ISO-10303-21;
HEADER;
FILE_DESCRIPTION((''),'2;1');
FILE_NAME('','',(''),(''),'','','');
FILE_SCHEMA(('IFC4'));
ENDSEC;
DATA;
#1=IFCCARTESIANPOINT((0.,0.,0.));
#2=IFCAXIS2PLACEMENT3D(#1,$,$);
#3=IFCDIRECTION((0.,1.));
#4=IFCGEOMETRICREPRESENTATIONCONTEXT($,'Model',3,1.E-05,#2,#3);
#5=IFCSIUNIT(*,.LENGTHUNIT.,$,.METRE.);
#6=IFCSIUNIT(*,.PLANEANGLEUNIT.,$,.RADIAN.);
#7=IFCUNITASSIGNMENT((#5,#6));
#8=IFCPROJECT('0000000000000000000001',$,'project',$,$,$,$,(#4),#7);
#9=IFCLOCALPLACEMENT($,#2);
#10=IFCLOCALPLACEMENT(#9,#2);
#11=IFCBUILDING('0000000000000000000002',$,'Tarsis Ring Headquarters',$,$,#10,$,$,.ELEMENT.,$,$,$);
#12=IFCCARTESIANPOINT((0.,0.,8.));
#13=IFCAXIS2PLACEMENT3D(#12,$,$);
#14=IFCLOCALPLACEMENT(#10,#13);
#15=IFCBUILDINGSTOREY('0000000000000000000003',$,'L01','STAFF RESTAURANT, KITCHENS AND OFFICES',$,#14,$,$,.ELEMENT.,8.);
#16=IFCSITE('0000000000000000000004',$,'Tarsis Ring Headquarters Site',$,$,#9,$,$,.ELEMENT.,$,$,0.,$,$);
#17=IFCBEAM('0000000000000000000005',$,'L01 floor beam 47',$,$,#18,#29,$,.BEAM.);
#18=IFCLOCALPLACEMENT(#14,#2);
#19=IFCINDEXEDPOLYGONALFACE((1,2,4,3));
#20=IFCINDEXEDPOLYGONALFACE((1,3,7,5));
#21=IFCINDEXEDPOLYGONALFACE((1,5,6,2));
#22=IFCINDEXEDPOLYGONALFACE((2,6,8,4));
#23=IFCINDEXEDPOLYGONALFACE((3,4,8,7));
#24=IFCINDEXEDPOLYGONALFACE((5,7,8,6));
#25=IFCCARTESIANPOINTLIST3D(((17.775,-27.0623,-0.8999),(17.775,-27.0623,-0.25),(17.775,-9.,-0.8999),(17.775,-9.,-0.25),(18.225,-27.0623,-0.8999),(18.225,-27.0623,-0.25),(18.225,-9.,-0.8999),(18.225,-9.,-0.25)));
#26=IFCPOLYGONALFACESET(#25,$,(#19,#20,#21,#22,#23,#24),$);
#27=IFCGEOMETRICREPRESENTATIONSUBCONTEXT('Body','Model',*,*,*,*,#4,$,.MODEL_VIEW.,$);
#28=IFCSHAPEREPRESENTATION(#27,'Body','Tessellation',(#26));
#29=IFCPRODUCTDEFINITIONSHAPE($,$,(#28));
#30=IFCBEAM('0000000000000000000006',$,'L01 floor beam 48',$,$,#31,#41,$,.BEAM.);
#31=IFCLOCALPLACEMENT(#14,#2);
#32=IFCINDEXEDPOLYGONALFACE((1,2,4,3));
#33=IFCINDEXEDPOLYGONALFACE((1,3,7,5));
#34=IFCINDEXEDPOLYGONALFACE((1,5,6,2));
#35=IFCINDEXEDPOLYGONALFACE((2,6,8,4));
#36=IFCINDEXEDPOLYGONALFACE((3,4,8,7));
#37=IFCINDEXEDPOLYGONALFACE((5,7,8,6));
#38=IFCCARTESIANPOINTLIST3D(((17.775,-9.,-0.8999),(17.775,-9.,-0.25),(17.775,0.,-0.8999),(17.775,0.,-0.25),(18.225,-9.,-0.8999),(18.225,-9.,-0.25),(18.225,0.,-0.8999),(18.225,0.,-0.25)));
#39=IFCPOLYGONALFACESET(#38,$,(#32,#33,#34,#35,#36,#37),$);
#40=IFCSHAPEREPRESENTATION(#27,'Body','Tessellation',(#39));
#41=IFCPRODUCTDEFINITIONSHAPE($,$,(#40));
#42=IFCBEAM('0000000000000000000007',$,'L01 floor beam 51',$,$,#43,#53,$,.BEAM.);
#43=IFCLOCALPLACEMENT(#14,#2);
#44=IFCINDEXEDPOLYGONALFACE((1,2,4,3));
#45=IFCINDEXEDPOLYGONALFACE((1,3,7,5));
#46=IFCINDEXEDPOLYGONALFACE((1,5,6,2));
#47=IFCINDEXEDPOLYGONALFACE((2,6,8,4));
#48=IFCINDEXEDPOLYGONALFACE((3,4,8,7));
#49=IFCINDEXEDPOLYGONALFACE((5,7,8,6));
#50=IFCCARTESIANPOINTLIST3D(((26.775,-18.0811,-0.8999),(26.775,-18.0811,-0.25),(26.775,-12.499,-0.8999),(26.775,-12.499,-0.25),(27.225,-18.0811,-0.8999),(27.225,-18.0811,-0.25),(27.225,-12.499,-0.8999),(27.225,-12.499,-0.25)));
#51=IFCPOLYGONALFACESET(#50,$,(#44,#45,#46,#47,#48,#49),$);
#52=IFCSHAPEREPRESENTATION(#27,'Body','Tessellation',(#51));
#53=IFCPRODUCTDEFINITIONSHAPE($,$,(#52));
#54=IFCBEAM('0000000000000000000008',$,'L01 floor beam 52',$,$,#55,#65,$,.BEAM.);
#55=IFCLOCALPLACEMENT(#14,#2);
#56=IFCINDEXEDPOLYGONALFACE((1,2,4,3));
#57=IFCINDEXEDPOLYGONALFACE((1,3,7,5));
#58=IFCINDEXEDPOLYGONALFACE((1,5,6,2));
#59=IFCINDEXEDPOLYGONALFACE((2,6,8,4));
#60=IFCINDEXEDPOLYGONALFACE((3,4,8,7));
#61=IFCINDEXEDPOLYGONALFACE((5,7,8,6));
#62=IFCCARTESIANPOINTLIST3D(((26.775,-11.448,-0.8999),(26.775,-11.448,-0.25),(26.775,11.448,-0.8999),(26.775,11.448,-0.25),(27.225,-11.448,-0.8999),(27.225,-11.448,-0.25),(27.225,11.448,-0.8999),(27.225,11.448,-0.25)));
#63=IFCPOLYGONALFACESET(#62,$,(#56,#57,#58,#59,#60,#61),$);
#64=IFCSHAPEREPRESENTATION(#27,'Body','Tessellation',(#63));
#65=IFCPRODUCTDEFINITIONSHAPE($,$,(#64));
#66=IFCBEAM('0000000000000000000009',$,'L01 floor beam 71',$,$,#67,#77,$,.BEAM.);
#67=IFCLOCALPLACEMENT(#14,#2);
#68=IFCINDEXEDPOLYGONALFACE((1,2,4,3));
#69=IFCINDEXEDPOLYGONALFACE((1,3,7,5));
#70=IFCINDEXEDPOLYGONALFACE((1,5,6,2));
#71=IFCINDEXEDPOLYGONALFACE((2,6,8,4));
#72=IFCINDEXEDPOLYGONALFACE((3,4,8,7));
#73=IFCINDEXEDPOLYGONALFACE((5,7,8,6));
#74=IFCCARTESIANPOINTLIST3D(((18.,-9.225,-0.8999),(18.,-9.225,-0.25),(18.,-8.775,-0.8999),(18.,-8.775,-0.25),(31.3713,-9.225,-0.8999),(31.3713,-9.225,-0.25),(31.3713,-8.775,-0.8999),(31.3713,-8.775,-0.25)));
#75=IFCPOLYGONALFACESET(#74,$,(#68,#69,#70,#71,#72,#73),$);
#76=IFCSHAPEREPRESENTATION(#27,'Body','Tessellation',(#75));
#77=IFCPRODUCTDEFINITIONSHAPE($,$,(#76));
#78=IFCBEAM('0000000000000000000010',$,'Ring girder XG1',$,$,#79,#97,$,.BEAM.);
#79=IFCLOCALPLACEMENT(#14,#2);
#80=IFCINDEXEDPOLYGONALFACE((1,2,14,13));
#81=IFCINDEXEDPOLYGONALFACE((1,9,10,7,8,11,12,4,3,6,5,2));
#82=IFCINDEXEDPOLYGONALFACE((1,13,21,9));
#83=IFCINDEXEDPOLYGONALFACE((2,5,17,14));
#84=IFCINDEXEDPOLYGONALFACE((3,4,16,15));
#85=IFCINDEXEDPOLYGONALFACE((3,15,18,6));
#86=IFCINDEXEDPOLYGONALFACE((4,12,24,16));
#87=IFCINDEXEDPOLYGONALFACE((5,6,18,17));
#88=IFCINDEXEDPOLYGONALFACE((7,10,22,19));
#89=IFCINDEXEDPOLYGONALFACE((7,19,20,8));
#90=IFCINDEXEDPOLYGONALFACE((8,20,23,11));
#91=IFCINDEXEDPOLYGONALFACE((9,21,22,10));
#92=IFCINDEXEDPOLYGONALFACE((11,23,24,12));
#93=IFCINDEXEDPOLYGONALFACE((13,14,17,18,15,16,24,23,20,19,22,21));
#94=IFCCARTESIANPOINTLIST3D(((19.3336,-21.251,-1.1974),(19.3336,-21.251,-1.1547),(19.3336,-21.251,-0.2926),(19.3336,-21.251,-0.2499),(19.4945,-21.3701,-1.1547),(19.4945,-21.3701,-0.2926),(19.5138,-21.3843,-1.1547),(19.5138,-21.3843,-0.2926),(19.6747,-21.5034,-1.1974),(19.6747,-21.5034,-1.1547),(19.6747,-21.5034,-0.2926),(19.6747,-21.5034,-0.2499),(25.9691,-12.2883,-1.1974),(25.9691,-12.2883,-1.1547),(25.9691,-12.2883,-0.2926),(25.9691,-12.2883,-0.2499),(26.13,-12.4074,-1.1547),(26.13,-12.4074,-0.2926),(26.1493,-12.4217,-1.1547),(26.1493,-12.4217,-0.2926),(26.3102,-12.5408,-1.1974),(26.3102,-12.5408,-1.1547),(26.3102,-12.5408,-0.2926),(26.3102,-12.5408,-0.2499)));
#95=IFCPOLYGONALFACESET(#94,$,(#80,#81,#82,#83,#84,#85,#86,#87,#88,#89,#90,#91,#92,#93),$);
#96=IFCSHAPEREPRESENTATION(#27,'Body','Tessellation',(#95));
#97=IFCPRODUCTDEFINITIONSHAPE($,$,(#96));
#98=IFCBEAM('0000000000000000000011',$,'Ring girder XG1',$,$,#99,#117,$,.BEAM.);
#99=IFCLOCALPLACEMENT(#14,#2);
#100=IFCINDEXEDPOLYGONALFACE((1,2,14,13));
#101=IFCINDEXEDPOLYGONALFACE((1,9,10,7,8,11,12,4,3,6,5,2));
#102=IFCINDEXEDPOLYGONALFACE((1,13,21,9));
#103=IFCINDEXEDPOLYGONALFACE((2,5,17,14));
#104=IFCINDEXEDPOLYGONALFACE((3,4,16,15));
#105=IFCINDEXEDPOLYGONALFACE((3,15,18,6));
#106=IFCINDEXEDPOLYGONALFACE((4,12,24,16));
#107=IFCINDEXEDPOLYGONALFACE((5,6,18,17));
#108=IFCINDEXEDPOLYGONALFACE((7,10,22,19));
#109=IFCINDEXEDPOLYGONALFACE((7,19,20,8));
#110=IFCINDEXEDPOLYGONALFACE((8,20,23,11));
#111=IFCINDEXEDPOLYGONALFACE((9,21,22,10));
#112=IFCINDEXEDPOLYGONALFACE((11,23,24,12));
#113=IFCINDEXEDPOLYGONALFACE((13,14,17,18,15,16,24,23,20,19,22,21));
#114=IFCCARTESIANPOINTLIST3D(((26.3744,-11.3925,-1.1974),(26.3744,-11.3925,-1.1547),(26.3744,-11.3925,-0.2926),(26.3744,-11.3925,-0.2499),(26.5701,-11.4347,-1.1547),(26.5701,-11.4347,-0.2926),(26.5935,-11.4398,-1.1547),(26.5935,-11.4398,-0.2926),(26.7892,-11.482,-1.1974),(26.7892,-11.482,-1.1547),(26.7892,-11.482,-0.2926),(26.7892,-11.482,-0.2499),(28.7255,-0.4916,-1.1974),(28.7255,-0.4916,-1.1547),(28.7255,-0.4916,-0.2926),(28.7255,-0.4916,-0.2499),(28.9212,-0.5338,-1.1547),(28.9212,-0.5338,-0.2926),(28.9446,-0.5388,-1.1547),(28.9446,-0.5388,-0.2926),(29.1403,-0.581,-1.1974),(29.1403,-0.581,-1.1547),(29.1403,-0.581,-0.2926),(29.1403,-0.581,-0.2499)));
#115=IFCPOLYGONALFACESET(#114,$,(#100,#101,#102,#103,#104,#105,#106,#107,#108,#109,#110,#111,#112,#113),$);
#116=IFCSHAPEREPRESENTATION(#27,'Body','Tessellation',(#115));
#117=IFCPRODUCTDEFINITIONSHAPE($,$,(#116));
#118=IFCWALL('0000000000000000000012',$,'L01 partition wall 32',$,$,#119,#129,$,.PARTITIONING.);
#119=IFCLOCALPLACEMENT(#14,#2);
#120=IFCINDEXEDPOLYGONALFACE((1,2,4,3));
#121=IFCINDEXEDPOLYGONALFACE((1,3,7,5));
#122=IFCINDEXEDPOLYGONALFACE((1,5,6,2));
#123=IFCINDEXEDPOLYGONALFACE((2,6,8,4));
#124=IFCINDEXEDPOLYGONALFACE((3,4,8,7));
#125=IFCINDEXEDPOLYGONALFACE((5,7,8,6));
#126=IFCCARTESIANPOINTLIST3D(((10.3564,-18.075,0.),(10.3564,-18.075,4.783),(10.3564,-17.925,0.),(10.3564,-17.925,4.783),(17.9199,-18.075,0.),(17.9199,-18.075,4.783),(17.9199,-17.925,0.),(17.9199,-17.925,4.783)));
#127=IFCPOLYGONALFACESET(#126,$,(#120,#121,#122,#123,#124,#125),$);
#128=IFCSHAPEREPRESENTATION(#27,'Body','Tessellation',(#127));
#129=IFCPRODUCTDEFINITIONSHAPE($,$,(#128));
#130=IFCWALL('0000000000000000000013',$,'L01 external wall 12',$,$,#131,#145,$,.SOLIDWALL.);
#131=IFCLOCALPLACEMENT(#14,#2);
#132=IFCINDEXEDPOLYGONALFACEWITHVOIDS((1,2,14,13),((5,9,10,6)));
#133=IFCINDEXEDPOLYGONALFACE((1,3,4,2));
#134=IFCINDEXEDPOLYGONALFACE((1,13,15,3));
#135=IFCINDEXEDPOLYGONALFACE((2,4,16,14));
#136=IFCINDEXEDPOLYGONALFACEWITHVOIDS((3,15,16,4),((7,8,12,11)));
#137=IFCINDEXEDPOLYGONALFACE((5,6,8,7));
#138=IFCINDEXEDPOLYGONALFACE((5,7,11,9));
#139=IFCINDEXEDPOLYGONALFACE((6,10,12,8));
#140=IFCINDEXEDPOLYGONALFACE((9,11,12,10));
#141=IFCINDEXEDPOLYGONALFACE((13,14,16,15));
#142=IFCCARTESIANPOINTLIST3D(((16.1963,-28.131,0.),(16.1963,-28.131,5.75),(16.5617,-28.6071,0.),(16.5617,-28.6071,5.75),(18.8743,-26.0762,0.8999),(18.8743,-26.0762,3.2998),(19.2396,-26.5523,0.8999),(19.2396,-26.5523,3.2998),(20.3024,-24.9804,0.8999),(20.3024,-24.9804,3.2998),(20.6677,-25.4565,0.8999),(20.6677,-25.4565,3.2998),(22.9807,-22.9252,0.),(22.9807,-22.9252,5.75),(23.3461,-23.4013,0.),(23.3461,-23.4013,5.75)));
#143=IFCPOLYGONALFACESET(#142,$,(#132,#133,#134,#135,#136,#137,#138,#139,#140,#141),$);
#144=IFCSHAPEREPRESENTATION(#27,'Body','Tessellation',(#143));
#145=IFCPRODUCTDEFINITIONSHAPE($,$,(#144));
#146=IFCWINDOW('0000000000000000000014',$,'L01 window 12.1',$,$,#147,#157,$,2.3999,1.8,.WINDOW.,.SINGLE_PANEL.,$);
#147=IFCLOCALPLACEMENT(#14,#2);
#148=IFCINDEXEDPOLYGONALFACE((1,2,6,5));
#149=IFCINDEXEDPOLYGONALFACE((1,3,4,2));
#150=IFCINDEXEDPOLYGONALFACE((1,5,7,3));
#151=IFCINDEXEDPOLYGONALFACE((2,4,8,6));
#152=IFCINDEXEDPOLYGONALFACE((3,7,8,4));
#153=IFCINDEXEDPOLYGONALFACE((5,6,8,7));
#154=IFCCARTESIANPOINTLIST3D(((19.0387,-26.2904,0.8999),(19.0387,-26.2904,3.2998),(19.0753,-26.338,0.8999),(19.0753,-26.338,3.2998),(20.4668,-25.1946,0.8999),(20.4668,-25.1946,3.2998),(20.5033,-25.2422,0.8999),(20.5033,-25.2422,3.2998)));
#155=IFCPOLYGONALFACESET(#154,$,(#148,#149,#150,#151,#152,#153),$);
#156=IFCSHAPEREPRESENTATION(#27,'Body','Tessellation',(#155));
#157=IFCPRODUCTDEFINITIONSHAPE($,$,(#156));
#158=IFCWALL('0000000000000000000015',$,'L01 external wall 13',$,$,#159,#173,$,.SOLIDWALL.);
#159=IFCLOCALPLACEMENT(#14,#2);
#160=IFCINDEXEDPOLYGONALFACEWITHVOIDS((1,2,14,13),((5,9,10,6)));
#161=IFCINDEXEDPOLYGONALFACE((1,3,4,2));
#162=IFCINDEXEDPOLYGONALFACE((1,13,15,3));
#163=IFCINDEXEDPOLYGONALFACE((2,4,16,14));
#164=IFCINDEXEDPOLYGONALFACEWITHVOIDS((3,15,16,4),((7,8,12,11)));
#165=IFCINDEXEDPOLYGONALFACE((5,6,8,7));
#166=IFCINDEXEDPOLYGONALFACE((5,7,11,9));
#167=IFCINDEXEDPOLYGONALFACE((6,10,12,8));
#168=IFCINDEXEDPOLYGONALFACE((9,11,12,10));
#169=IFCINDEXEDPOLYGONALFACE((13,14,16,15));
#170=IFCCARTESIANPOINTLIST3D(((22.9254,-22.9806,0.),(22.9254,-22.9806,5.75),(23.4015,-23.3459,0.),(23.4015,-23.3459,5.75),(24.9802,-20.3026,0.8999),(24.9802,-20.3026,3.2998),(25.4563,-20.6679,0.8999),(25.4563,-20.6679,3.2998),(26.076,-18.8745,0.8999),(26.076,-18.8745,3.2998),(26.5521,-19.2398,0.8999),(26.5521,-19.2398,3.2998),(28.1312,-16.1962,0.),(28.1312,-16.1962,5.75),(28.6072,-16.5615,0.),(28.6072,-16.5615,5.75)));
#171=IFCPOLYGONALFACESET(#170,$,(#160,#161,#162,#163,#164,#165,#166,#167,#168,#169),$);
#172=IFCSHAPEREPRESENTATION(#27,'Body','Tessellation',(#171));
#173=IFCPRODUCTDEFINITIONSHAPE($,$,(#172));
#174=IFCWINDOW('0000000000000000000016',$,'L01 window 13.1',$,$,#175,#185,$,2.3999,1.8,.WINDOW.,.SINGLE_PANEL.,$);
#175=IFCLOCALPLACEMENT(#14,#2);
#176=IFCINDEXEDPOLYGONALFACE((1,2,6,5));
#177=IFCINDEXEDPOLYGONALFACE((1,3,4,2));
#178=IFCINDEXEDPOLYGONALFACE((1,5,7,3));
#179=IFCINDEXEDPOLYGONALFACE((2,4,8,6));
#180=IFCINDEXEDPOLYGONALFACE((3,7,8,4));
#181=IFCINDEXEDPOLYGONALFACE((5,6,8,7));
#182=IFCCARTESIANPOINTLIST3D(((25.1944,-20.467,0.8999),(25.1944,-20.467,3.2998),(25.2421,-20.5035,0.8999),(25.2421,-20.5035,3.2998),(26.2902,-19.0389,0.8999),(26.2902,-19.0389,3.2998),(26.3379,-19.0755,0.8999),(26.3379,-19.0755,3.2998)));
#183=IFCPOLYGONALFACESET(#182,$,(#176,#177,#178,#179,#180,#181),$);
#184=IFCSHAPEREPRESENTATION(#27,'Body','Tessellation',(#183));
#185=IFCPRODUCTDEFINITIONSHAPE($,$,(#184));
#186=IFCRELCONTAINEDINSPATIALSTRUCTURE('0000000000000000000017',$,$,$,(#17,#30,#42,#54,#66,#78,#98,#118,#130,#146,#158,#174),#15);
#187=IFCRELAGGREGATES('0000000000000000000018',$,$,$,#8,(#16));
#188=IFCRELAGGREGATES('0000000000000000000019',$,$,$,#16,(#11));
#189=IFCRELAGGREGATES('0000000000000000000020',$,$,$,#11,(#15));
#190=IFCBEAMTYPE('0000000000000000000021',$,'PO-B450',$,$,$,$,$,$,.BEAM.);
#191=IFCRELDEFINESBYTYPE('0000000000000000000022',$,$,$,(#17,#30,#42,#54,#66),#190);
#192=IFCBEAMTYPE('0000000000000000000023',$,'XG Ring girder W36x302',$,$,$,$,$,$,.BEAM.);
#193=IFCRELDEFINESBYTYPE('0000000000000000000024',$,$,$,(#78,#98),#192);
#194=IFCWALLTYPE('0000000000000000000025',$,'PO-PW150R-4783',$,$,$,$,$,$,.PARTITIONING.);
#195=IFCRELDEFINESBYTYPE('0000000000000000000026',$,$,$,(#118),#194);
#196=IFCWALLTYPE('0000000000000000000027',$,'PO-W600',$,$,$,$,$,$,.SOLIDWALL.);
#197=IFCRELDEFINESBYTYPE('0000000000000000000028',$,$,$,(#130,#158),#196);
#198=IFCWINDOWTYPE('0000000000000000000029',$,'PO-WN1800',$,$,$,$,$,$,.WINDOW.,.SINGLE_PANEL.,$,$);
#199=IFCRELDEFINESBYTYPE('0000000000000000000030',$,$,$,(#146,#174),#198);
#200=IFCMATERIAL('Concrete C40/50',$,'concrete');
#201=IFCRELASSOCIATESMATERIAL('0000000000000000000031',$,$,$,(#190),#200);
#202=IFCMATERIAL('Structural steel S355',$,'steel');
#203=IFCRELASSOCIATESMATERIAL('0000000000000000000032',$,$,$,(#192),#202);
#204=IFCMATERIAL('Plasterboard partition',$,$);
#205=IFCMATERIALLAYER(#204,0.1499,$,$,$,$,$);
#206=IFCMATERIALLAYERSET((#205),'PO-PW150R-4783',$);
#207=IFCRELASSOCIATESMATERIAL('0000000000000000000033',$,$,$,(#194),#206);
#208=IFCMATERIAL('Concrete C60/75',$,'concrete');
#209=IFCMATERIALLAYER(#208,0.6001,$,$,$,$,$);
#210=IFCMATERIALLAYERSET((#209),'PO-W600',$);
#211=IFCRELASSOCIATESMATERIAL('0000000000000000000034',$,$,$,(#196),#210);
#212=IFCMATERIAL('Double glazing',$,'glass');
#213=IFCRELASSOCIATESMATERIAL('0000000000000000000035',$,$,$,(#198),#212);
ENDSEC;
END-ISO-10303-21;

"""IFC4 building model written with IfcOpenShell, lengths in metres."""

from ifc_helpers import new_model, si_unit, direction, frame, frame_2d, origin, origin_2d, place, context, subcontext, project, spatial, rectangle, i_section, extrude, material, layer, layer_set, material_profile, profile_set, type_object, element, fill, save


model = new_model("IFC4")

# Units and contexts
model_context = context("Model", 3, precision=1e-05, world=origin(), true_north=direction((0.0, 1.0)))
body_context = subcontext(model_context, "Body", "Model", "MODEL_VIEW")
ifc_project = project(units=[si_unit("LENGTHUNIT", "METRE"), si_unit("PLANEANGLEUNIT", "RADIAN")], contexts=[model_context])

# Site, building, storey
site_placement = place(None, origin())
site = spatial("IfcSite", under=ifc_project, at=site_placement, Name="Tarsis Ring Headquarters Site", CompositionType="ELEMENT", RefElevation=0.0)
building_placement = place(site_placement, origin())
building = spatial("IfcBuilding", under=site, at=building_placement, Name="Tarsis Ring Headquarters", CompositionType="ELEMENT")
storey_placement = place(building_placement, frame((0.0, 0.0, 8.0)))
storey = spatial("IfcBuildingStorey", under=building, at=storey_placement, Name="L01", Description="STAFF RESTAURANT, KITCHENS AND OFFICES", CompositionType="ELEMENT", Elevation=8.0)

# Shared definitions
ifc_material_1 = material(Name="Concrete C60/75", Category="concrete")

# Beams
ifc_material_2 = material(Name="Concrete C40/50", Category="concrete")
ifc_material_profile_1 = material_profile(ifc_material_2, rectangle(XDim=0.45, YDim=0.6499, at=origin_2d()), Name="PO-B450")
ifc_profile_set_1 = profile_set([ifc_material_profile_1], Name="Concrete C40/50")
beam_type_1 = type_object("IfcBeamType", Name="PO-B450", PredefinedType="BEAM", material=ifc_profile_set_1)
beam_1_placement = place(storey_placement, frame((18.0, -27.0623, -0.575), z_axis=(0.0, 1.0, 0.0), x_axis=(-1.0, 0.0, 0.0)))
element("IfcBeam", 1, at=beam_1_placement, inside=storey, type_object=beam_type_1, Name="L01 floor beam 47", PredefinedType="BEAM", context=body_context, shape_type="SweptSolid", body=[
    extrude(rectangle(XDim=0.45, YDim=0.6499, at=origin_2d()), origin(), (0.0, 0.0, 1.0), 18.0623),
])
beam_2_placement = place(storey_placement, frame((18.0, -9.0, -0.575), z_axis=(0.0, 1.0, 0.0), x_axis=(-1.0, 0.0, 0.0)))
element("IfcBeam", 2, at=beam_2_placement, inside=storey, type_object=beam_type_1, Name="L01 floor beam 48", PredefinedType="BEAM", context=body_context, shape_type="SweptSolid", body=[
    extrude(rectangle(XDim=0.45, YDim=0.6499, at=origin_2d()), origin(), (0.0, 0.0, 1.0), 9.0),
])
beam_3_placement = place(storey_placement, frame((27.0, -18.0811, -0.575), z_axis=(0.0, 1.0, 0.0), x_axis=(-1.0, 0.0, 0.0)))
element("IfcBeam", 3, at=beam_3_placement, inside=storey, type_object=beam_type_1, Name="L01 floor beam 51", PredefinedType="BEAM", context=body_context, shape_type="SweptSolid", body=[
    extrude(rectangle(XDim=0.45, YDim=0.6499, at=origin_2d()), origin(), (0.0, 0.0, 1.0), 5.582),
])
beam_4_placement = place(storey_placement, frame((27.0, -11.448, -0.575), z_axis=(0.0, 1.0, 0.0), x_axis=(-1.0, 0.0, 0.0)))
element("IfcBeam", 4, at=beam_4_placement, inside=storey, type_object=beam_type_1, Name="L01 floor beam 52", PredefinedType="BEAM", context=body_context, shape_type="SweptSolid", body=[
    extrude(rectangle(XDim=0.45, YDim=0.6499, at=origin_2d()), origin(), (0.0, 0.0, 1.0), 22.896),
])
beam_5_placement = place(storey_placement, frame((18.0, -9.0, -0.575), z_axis=(1.0, 0.0, 0.0), x_axis=(0.0, 1.0, 0.0)))
element("IfcBeam", 5, at=beam_5_placement, inside=storey, type_object=beam_type_1, Name="L01 floor beam 71", PredefinedType="BEAM", context=body_context, shape_type="SweptSolid", body=[
    extrude(rectangle(XDim=0.45, YDim=0.6499, at=origin_2d()), origin(), (0.0, 0.0, 1.0), 13.3713),
])
ifc_material_3 = material(Name="Structural steel S355", Category="steel")
ifc_material_profile_2 = material_profile(ifc_material_3, i_section(OverallWidth=0.4243, OverallDepth=0.9475, WebThickness=0.0239, FlangeThickness=0.0427, at=origin_2d()), Name="W36x302")
ifc_profile_set_2 = profile_set([ifc_material_profile_2], Name="Structural steel S355")
beam_type_2 = type_object("IfcBeamType", Name="XG Ring girder W36x302", PredefinedType="BEAM", material=ifc_profile_set_2)
for number, where, z_axis, x_axis, name in (
    (6, (19.5042, -21.3772, -0.7236), (0.595025, 0.803707, 0.0), (-0.803707, 0.595025, 0.0), "Ring girder XG1"),
    (7, (26.5818, -11.4373, -0.7236), (0.21083, 0.977523, 0.0), (-0.977523, 0.21083, 0.0), "Ring girder XG1"),
):
    element("IfcBeam", number, at=place(storey_placement, frame(where, z_axis=z_axis, x_axis=x_axis)), inside=storey, type_object=beam_type_2, Name=name, PredefinedType="BEAM", context=body_context, shape_type="SweptSolid", body=[
        extrude(i_section(OverallWidth=0.4243, OverallDepth=0.9475, WebThickness=0.0239, FlangeThickness=0.0427, at=origin_2d()), origin(), (0.0, 0.0, 1.0), 11.1516),
    ])

# Wall
ifc_material_4 = material(Name="Plasterboard partition")
ifc_layer_1 = layer(ifc_material_4, 0.1499)
ifc_layer_set_1 = layer_set([ifc_layer_1], Name="PO-PW150R-4783")
wall_type_1 = type_object("IfcWallType", Name="PO-PW150R-4783", PredefinedType="PARTITIONING", material=ifc_layer_set_1)
wall_1_placement = place(storey_placement, frame((17.9199, -18.0, 0.0), z_axis=(0.0, 0.0, 1.0), x_axis=(-1.0, 0.0, 0.0)))
element("IfcWall", 8, at=wall_1_placement, inside=storey, type_object=wall_type_1, Name="L01 partition wall 32", PredefinedType="PARTITIONING", context=body_context, shape_type="SweptSolid", body=[
    extrude(rectangle(XDim=7.5635, YDim=0.1499, at=frame_2d((3.7817, 0.0))), origin(), (0.0, 0.0, 1.0), 4.783),
])

# Walls, openings, windows
ifc_layer_2 = layer(ifc_material_1, 0.6001)
ifc_layer_set_2 = layer_set([ifc_layer_2], Name="PO-W600")
wall_type_2 = type_object("IfcWallType", Name="PO-W600", PredefinedType="SOLIDWALL", material=ifc_layer_set_2)
wall_2_placement = place(storey_placement, frame((16.3789, -28.3691, 0.0), z_axis=(0.0, 0.0, 1.0), x_axis=(0.793357, 0.608757, 0.0)))
wall_2 = element("IfcWall", 9, at=wall_2_placement, inside=storey, type_object=wall_type_2, Name="L01 external wall 12", PredefinedType="SOLIDWALL", context=body_context, shape_type="SweptSolid", body=[
    extrude(rectangle(XDim=8.5515, YDim=0.6001, at=frame_2d((4.2759, 0.0))), origin(), (0.0, 0.0, 1.0), 5.75),
])
opening_1_placement = place(wall_2_placement, frame((3.3757, 0.0, 0.8999)))
opening_1 = element("IfcOpeningElement", 10, at=opening_1_placement, cuts=wall_2, PredefinedType="OPENING", context=body_context, shape_type="SweptSolid", body=[
    extrude(rectangle(XDim=1.8, YDim=2.3999, at=frame_2d((0.8999, 1.2))), frame((0.0, 0.3101, 0.0), z_axis=(0.0, -1.0, 0.0), x_axis=(1.0, 0.0, 0.0)), (0.0, 0.0, 1.0), 0.6201),
])
ifc_material_5 = material(Name="Double glazing", Category="glass")
window_type = type_object("IfcWindowType", Name="PO-WN1800", PartitioningType="SINGLE_PANEL", PredefinedType="WINDOW", material=ifc_material_5)
window_1_placement = place(opening_1_placement, origin())
window_1 = element("IfcWindow", 11, at=window_1_placement, inside=storey, type_object=window_type, Name="L01 window 12.1", OverallHeight=2.3999, OverallWidth=1.8, PartitioningType="SINGLE_PANEL", PredefinedType="WINDOW", context=body_context, shape_type="SweptSolid", body=[
    extrude(rectangle(XDim=1.8, YDim=2.3999, at=frame_2d((0.8999, 1.2))), frame((0.0, 0.03, 0.0), z_axis=(0.0, -1.0, 0.0), x_axis=(1.0, 0.0, 0.0)), (0.0, 0.0, 1.0), 0.0601),
])
fill(opening_1, window_1)
wall_3_placement = place(storey_placement, frame((23.1633, -23.1633, 0.0), z_axis=(0.0, 0.0, 1.0), x_axis=(0.608757, 0.793357, 0.0)))
wall_3 = element("IfcWall", 12, at=wall_3_placement, inside=storey, type_object=wall_type_2, Name="L01 external wall 13", PredefinedType="SOLIDWALL", context=body_context, shape_type="SweptSolid", body=[
    extrude(rectangle(XDim=8.5515, YDim=0.6001, at=frame_2d((4.2759, 0.0))), origin(), (0.0, 0.0, 1.0), 5.75),
])
opening_2_placement = place(wall_3_placement, frame((3.3757, 0.0, 0.8999)))
opening_2 = element("IfcOpeningElement", 13, at=opening_2_placement, cuts=wall_3, PredefinedType="OPENING", context=body_context, shape_type="SweptSolid", body=[
    extrude(rectangle(XDim=1.8, YDim=2.3999, at=frame_2d((0.8999, 1.2))), frame((0.0, 0.3101, 0.0), z_axis=(0.0, -1.0, 0.0), x_axis=(1.0, 0.0, 0.0)), (0.0, 0.0, 1.0), 0.6201),
])
window_2_placement = place(opening_2_placement, origin())
window_2 = element("IfcWindow", 14, at=window_2_placement, inside=storey, type_object=window_type, Name="L01 window 13.1", OverallHeight=2.3999, OverallWidth=1.8, PartitioningType="SINGLE_PANEL", PredefinedType="WINDOW", context=body_context, shape_type="SweptSolid", body=[
    extrude(rectangle(XDim=1.8, YDim=2.3999, at=frame_2d((0.8999, 1.2))), frame((0.0, 0.03, 0.0), z_axis=(0.0, -1.0, 0.0), x_axis=(1.0, 0.0, 0.0)), (0.0, 0.0, 1.0), 0.0601),
])
fill(opening_2, window_2)

save(model, "model.ifc")
